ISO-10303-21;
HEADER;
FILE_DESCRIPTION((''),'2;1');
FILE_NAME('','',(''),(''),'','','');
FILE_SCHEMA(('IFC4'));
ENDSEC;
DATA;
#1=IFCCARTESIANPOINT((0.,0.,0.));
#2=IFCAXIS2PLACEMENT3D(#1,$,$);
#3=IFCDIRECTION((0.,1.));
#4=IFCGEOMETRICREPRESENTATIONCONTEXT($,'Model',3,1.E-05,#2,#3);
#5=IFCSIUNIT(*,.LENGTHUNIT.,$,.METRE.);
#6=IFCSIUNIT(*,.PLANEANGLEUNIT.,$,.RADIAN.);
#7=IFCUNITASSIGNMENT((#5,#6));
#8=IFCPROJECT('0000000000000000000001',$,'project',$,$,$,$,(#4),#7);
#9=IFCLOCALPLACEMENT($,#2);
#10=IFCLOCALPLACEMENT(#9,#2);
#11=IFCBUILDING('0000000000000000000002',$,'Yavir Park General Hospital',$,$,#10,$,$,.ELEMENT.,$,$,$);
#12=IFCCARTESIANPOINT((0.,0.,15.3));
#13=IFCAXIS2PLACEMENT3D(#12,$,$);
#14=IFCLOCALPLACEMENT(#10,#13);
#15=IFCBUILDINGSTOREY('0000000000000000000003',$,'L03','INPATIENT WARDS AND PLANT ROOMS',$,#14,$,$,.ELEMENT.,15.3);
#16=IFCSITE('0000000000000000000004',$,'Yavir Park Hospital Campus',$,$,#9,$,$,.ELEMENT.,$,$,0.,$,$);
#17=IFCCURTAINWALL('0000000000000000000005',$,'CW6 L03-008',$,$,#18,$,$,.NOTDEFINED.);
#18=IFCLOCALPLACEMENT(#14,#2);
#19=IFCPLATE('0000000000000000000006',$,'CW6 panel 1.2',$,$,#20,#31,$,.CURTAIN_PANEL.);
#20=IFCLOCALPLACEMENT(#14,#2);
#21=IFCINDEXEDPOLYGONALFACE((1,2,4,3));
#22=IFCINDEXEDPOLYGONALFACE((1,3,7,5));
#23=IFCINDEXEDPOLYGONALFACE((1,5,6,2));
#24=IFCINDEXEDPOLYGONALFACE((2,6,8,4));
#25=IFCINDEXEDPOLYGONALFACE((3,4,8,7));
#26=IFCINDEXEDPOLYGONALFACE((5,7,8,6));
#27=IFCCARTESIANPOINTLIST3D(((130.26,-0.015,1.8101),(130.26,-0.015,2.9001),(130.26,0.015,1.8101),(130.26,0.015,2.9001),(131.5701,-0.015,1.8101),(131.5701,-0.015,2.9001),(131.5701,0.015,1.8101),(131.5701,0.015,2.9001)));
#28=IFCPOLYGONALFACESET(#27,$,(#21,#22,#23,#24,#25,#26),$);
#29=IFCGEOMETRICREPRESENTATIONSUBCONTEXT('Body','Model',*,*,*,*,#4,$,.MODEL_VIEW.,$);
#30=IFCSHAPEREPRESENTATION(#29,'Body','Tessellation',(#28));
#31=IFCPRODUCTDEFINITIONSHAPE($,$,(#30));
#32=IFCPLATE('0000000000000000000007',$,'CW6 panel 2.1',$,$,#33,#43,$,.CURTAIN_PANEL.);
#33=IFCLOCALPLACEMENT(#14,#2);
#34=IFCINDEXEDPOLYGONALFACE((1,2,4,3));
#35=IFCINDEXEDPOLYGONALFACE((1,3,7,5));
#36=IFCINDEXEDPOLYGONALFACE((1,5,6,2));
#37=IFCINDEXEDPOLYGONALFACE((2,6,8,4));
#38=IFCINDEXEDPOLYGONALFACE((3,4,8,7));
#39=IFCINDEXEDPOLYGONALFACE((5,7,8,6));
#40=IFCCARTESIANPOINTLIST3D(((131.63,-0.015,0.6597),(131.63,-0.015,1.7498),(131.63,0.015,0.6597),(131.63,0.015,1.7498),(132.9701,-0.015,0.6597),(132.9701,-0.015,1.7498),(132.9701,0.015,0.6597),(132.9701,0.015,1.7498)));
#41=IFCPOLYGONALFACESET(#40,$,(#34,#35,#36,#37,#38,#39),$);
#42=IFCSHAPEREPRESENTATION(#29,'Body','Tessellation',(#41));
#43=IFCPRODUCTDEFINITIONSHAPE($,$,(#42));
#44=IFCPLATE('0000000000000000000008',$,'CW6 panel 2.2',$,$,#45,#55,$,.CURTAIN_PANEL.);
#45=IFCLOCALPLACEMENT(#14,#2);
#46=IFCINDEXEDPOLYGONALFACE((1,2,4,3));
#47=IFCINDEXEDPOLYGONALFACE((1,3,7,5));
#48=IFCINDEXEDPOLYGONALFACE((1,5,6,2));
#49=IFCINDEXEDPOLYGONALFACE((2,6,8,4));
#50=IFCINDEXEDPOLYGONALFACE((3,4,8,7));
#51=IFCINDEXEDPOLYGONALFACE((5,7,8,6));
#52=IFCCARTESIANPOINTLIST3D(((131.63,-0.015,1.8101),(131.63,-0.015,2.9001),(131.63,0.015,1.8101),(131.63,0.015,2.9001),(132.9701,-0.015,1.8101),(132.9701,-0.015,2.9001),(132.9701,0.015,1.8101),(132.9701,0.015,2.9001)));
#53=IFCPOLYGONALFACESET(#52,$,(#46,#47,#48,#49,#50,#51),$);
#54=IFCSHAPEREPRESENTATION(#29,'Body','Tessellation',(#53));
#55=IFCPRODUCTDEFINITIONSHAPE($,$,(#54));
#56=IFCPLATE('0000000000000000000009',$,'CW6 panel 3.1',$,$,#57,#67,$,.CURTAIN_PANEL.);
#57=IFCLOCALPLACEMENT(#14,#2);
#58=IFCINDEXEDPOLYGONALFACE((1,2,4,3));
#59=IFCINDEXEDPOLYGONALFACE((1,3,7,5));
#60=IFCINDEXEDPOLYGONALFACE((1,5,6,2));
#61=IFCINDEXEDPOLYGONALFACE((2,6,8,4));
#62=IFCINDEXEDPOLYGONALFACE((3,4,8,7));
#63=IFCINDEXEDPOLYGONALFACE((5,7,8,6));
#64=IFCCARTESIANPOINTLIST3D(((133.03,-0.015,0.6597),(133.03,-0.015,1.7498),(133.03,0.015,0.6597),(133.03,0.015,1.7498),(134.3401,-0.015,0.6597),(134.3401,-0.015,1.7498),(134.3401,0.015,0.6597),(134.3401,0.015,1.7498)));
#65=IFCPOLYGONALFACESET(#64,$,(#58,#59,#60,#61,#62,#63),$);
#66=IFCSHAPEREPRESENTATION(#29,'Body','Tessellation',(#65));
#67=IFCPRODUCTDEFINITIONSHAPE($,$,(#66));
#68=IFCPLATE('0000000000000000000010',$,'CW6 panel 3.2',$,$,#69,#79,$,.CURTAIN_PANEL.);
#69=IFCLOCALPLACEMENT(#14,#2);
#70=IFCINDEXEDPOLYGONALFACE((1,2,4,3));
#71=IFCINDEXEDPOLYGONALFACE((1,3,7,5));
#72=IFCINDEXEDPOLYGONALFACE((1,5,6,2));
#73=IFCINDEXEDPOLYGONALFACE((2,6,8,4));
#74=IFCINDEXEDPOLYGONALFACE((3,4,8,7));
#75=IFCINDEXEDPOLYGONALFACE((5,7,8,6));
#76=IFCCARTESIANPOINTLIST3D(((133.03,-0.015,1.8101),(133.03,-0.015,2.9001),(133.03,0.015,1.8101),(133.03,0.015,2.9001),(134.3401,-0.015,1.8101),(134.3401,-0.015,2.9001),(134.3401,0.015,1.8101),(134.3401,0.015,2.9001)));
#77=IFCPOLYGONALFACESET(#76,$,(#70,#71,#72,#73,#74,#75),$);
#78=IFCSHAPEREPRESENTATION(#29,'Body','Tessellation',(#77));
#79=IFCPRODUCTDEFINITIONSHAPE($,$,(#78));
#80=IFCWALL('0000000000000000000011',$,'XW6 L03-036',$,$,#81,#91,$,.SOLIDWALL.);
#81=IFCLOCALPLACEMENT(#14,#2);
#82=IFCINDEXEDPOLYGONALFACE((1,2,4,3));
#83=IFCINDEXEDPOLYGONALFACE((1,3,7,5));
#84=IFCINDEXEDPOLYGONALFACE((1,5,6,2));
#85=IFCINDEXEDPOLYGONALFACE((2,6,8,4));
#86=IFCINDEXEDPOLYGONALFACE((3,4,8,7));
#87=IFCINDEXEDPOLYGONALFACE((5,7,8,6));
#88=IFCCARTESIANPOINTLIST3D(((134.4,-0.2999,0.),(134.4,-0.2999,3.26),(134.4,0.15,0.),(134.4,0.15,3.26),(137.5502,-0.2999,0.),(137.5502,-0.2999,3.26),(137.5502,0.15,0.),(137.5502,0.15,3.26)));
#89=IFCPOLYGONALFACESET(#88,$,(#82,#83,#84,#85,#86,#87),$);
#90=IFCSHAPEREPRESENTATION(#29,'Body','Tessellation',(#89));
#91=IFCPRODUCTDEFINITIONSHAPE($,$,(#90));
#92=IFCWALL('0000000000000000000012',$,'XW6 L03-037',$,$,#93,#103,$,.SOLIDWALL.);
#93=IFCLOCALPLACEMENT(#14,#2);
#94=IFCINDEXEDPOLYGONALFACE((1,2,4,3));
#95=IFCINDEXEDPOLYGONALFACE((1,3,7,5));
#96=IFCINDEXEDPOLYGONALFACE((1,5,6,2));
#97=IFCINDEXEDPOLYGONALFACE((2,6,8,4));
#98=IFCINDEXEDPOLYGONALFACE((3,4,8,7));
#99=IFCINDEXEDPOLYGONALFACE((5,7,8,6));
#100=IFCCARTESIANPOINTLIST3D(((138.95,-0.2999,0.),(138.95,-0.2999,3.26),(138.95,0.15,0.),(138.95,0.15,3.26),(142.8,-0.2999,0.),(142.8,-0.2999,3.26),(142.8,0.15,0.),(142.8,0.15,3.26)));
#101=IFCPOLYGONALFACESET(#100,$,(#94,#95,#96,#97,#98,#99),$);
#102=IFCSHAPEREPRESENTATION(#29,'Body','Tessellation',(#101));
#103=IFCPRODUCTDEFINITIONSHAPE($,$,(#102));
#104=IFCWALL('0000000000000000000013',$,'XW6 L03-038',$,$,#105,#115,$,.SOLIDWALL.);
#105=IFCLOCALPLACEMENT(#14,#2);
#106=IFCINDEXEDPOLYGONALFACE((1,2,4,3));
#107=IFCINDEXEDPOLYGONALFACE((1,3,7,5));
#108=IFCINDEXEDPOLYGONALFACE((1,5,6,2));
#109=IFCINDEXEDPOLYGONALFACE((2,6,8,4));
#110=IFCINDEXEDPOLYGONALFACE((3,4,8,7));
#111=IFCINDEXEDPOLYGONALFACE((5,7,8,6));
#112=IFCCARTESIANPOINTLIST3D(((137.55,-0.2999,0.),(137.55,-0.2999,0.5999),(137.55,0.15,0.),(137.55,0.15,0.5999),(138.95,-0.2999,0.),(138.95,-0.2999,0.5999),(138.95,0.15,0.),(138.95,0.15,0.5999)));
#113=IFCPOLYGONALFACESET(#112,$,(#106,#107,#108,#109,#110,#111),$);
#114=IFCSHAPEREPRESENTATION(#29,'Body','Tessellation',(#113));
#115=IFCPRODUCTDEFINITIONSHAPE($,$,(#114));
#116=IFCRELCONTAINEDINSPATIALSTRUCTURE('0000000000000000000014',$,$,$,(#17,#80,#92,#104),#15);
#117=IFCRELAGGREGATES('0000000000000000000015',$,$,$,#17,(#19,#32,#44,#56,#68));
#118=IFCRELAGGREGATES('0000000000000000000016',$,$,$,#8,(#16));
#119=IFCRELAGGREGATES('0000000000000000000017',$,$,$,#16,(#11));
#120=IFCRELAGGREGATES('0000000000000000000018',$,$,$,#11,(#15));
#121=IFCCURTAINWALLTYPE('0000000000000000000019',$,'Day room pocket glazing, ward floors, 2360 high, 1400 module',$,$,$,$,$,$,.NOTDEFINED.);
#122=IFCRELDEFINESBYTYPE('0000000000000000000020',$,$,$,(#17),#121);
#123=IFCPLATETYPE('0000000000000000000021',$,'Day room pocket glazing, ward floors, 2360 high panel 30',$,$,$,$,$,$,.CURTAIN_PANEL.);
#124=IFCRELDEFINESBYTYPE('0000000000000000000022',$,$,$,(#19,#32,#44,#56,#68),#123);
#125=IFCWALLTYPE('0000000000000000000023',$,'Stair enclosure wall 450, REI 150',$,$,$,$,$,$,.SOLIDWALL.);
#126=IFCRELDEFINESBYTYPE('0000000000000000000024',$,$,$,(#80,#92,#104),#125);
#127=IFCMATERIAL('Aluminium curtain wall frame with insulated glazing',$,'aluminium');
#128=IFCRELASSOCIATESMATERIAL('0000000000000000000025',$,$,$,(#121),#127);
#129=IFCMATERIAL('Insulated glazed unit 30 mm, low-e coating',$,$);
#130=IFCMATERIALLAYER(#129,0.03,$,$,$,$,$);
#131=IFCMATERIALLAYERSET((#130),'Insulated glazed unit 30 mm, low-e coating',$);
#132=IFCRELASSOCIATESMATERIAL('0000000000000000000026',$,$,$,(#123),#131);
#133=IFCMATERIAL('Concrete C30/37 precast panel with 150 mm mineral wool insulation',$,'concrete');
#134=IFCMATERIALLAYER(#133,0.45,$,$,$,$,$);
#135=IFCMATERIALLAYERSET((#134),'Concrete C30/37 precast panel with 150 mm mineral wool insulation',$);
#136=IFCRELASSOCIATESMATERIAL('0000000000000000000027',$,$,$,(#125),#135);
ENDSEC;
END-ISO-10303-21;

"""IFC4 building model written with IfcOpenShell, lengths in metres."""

from ifc_helpers import new_model, si_unit, direction, frame, frame_2d, origin, origin_2d, place, context, subcontext, project, spatial, rectangle, extrude, material, layer, layer_set, type_object, element, aggregate, save


model = new_model("IFC4")

# Units and contexts
model_context = context("Model", 3, precision=1e-05, world=origin(), true_north=direction((0.0, 1.0)))
body_context = subcontext(model_context, "Body", "Model", "MODEL_VIEW")
ifc_project = project(units=[si_unit("LENGTHUNIT", "METRE"), si_unit("PLANEANGLEUNIT", "RADIAN")], contexts=[model_context])

# Site, building, storey
site_placement = place(None, origin())
site = spatial("IfcSite", under=ifc_project, at=site_placement, Name="Yavir Park Hospital Campus", CompositionType="ELEMENT", RefElevation=0.0)
building_placement = place(site_placement, origin())
building = spatial("IfcBuilding", under=site, at=building_placement, Name="Yavir Park General Hospital", CompositionType="ELEMENT")
storey_placement = place(building_placement, frame((0.0, 0.0, 15.3)))
storey = spatial("IfcBuildingStorey", under=building, at=storey_placement, Name="L03", Description="INPATIENT WARDS AND PLANT ROOMS", CompositionType="ELEMENT", Elevation=15.3)

# Curtain wall
ifc_material_1 = material(Name="Aluminium curtain wall frame with insulated glazing", Category="aluminium")
curtain_wall_type_1 = type_object("IfcCurtainWallType", Name="Day room pocket glazing, ward floors, 2360 high, 1400 module", PredefinedType="NOTDEFINED", material=ifc_material_1)
curtain_wall_1_placement = place(storey_placement, origin())
curtain_wall_1 = element("IfcCurtainWall", 1, at=curtain_wall_1_placement, inside=storey, type_object=curtain_wall_type_1, Name="CW6 L03-008", PredefinedType="NOTDEFINED")

# Plates
ifc_material_2 = material(Name="Insulated glazed unit 30 mm, low-e coating")
ifc_layer_1 = layer(ifc_material_2, 0.03)
ifc_layer_set_1 = layer_set([ifc_layer_1], Name="Insulated glazed unit 30 mm, low-e coating")
plate_type = type_object("IfcPlateType", Name="Day room pocket glazing, ward floors, 2360 high panel 30", PredefinedType="CURTAIN_PANEL", material=ifc_layer_set_1)
plate_1_placement = place(storey_placement, frame((130.915, 0.0, 1.8101), z_axis=(0.0, 0.0, 1.0), x_axis=(1.0, 0.0, 0.0)))
plate_1 = element("IfcPlate", 2, at=plate_1_placement, type_object=plate_type, Name="CW6 panel 1.2", PredefinedType="CURTAIN_PANEL", context=body_context, shape_type="SweptSolid", body=[
    extrude(rectangle(XDim=1.3101, YDim=0.03, at=origin_2d()), origin(), (0.0, 0.0, 1.0), 1.0901),
])
plate_2_placement = place(storey_placement, frame((132.3, 0.0, 0.6597), z_axis=(0.0, 0.0, 1.0), x_axis=(1.0, 0.0, 0.0)))
plate_2 = element("IfcPlate", 3, at=plate_2_placement, type_object=plate_type, Name="CW6 panel 2.1", PredefinedType="CURTAIN_PANEL", context=body_context, shape_type="SweptSolid", body=[
    extrude(rectangle(XDim=1.3401, YDim=0.03, at=origin_2d()), origin(), (0.0, 0.0, 1.0), 1.0901),
])
plate_3_placement = place(storey_placement, frame((132.3, 0.0, 1.8101), z_axis=(0.0, 0.0, 1.0), x_axis=(1.0, 0.0, 0.0)))
plate_3 = element("IfcPlate", 4, at=plate_3_placement, type_object=plate_type, Name="CW6 panel 2.2", PredefinedType="CURTAIN_PANEL", context=body_context, shape_type="SweptSolid", body=[
    extrude(rectangle(XDim=1.3401, YDim=0.03, at=origin_2d()), origin(), (0.0, 0.0, 1.0), 1.0901),
])
plate_4_placement = place(storey_placement, frame((133.6851, 0.0, 0.6597), z_axis=(0.0, 0.0, 1.0), x_axis=(1.0, 0.0, 0.0)))
plate_4 = element("IfcPlate", 5, at=plate_4_placement, type_object=plate_type, Name="CW6 panel 3.1", PredefinedType="CURTAIN_PANEL", context=body_context, shape_type="SweptSolid", body=[
    extrude(rectangle(XDim=1.3101, YDim=0.03, at=origin_2d()), origin(), (0.0, 0.0, 1.0), 1.0901),
])
plate_5_placement = place(storey_placement, frame((133.6851, 0.0, 1.8101), z_axis=(0.0, 0.0, 1.0), x_axis=(1.0, 0.0, 0.0)))
plate_5 = element("IfcPlate", 6, at=plate_5_placement, type_object=plate_type, Name="CW6 panel 3.2", PredefinedType="CURTAIN_PANEL", context=body_context, shape_type="SweptSolid", body=[
    extrude(rectangle(XDim=1.3101, YDim=0.03, at=origin_2d()), origin(), (0.0, 0.0, 1.0), 1.0901),
])
aggregate(curtain_wall_1, [plate_1, plate_2, plate_3, plate_4, plate_5])

# Walls
ifc_material_3 = material(Name="Concrete C30/37 precast panel with 150 mm mineral wool insulation", Category="concrete")
ifc_layer_2 = layer(ifc_material_3, 0.45)
ifc_layer_set_2 = layer_set([ifc_layer_2], Name="Concrete C30/37 precast panel with 150 mm mineral wool insulation")
wall_type = type_object("IfcWallType", Name="Stair enclosure wall 450, REI 150", PredefinedType="SOLIDWALL", material=ifc_layer_set_2)
wall_1_placement = place(storey_placement, frame((134.3999, -0.075, 0.0), z_axis=(0.0, 0.0, 1.0), x_axis=(1.0, 0.0, 0.0)))
element("IfcWall", 7, at=wall_1_placement, inside=storey, type_object=wall_type, Name="XW6 L03-036", PredefinedType="SOLIDWALL", context=body_context, shape_type="SweptSolid", body=[
    extrude(rectangle(XDim=3.1501, YDim=0.45, at=frame_2d((1.5752, 0.0))), origin(), (0.0, 0.0, 1.0), 3.26),
])
wall_2_placement = place(storey_placement, frame((138.95, -0.075, 0.0), z_axis=(0.0, 0.0, 1.0), x_axis=(1.0, 0.0, 0.0)))
element("IfcWall", 8, at=wall_2_placement, inside=storey, type_object=wall_type, Name="XW6 L03-037", PredefinedType="SOLIDWALL", context=body_context, shape_type="SweptSolid", body=[
    extrude(rectangle(XDim=3.8501, YDim=0.45, at=frame_2d((1.925, 0.0))), origin(), (0.0, 0.0, 1.0), 3.26),
])
wall_3_placement = place(storey_placement, frame((137.55, -0.075, 0.0), z_axis=(0.0, 0.0, 1.0), x_axis=(1.0, 0.0, 0.0)))
element("IfcWall", 9, at=wall_3_placement, inside=storey, type_object=wall_type, Name="XW6 L03-038", PredefinedType="SOLIDWALL", context=body_context, shape_type="SweptSolid", body=[
    extrude(rectangle(XDim=1.3999, YDim=0.45, at=frame_2d((0.7, 0.0))), origin(), (0.0, 0.0, 1.0), 0.5999),
])

save(model, "model.ifc")
